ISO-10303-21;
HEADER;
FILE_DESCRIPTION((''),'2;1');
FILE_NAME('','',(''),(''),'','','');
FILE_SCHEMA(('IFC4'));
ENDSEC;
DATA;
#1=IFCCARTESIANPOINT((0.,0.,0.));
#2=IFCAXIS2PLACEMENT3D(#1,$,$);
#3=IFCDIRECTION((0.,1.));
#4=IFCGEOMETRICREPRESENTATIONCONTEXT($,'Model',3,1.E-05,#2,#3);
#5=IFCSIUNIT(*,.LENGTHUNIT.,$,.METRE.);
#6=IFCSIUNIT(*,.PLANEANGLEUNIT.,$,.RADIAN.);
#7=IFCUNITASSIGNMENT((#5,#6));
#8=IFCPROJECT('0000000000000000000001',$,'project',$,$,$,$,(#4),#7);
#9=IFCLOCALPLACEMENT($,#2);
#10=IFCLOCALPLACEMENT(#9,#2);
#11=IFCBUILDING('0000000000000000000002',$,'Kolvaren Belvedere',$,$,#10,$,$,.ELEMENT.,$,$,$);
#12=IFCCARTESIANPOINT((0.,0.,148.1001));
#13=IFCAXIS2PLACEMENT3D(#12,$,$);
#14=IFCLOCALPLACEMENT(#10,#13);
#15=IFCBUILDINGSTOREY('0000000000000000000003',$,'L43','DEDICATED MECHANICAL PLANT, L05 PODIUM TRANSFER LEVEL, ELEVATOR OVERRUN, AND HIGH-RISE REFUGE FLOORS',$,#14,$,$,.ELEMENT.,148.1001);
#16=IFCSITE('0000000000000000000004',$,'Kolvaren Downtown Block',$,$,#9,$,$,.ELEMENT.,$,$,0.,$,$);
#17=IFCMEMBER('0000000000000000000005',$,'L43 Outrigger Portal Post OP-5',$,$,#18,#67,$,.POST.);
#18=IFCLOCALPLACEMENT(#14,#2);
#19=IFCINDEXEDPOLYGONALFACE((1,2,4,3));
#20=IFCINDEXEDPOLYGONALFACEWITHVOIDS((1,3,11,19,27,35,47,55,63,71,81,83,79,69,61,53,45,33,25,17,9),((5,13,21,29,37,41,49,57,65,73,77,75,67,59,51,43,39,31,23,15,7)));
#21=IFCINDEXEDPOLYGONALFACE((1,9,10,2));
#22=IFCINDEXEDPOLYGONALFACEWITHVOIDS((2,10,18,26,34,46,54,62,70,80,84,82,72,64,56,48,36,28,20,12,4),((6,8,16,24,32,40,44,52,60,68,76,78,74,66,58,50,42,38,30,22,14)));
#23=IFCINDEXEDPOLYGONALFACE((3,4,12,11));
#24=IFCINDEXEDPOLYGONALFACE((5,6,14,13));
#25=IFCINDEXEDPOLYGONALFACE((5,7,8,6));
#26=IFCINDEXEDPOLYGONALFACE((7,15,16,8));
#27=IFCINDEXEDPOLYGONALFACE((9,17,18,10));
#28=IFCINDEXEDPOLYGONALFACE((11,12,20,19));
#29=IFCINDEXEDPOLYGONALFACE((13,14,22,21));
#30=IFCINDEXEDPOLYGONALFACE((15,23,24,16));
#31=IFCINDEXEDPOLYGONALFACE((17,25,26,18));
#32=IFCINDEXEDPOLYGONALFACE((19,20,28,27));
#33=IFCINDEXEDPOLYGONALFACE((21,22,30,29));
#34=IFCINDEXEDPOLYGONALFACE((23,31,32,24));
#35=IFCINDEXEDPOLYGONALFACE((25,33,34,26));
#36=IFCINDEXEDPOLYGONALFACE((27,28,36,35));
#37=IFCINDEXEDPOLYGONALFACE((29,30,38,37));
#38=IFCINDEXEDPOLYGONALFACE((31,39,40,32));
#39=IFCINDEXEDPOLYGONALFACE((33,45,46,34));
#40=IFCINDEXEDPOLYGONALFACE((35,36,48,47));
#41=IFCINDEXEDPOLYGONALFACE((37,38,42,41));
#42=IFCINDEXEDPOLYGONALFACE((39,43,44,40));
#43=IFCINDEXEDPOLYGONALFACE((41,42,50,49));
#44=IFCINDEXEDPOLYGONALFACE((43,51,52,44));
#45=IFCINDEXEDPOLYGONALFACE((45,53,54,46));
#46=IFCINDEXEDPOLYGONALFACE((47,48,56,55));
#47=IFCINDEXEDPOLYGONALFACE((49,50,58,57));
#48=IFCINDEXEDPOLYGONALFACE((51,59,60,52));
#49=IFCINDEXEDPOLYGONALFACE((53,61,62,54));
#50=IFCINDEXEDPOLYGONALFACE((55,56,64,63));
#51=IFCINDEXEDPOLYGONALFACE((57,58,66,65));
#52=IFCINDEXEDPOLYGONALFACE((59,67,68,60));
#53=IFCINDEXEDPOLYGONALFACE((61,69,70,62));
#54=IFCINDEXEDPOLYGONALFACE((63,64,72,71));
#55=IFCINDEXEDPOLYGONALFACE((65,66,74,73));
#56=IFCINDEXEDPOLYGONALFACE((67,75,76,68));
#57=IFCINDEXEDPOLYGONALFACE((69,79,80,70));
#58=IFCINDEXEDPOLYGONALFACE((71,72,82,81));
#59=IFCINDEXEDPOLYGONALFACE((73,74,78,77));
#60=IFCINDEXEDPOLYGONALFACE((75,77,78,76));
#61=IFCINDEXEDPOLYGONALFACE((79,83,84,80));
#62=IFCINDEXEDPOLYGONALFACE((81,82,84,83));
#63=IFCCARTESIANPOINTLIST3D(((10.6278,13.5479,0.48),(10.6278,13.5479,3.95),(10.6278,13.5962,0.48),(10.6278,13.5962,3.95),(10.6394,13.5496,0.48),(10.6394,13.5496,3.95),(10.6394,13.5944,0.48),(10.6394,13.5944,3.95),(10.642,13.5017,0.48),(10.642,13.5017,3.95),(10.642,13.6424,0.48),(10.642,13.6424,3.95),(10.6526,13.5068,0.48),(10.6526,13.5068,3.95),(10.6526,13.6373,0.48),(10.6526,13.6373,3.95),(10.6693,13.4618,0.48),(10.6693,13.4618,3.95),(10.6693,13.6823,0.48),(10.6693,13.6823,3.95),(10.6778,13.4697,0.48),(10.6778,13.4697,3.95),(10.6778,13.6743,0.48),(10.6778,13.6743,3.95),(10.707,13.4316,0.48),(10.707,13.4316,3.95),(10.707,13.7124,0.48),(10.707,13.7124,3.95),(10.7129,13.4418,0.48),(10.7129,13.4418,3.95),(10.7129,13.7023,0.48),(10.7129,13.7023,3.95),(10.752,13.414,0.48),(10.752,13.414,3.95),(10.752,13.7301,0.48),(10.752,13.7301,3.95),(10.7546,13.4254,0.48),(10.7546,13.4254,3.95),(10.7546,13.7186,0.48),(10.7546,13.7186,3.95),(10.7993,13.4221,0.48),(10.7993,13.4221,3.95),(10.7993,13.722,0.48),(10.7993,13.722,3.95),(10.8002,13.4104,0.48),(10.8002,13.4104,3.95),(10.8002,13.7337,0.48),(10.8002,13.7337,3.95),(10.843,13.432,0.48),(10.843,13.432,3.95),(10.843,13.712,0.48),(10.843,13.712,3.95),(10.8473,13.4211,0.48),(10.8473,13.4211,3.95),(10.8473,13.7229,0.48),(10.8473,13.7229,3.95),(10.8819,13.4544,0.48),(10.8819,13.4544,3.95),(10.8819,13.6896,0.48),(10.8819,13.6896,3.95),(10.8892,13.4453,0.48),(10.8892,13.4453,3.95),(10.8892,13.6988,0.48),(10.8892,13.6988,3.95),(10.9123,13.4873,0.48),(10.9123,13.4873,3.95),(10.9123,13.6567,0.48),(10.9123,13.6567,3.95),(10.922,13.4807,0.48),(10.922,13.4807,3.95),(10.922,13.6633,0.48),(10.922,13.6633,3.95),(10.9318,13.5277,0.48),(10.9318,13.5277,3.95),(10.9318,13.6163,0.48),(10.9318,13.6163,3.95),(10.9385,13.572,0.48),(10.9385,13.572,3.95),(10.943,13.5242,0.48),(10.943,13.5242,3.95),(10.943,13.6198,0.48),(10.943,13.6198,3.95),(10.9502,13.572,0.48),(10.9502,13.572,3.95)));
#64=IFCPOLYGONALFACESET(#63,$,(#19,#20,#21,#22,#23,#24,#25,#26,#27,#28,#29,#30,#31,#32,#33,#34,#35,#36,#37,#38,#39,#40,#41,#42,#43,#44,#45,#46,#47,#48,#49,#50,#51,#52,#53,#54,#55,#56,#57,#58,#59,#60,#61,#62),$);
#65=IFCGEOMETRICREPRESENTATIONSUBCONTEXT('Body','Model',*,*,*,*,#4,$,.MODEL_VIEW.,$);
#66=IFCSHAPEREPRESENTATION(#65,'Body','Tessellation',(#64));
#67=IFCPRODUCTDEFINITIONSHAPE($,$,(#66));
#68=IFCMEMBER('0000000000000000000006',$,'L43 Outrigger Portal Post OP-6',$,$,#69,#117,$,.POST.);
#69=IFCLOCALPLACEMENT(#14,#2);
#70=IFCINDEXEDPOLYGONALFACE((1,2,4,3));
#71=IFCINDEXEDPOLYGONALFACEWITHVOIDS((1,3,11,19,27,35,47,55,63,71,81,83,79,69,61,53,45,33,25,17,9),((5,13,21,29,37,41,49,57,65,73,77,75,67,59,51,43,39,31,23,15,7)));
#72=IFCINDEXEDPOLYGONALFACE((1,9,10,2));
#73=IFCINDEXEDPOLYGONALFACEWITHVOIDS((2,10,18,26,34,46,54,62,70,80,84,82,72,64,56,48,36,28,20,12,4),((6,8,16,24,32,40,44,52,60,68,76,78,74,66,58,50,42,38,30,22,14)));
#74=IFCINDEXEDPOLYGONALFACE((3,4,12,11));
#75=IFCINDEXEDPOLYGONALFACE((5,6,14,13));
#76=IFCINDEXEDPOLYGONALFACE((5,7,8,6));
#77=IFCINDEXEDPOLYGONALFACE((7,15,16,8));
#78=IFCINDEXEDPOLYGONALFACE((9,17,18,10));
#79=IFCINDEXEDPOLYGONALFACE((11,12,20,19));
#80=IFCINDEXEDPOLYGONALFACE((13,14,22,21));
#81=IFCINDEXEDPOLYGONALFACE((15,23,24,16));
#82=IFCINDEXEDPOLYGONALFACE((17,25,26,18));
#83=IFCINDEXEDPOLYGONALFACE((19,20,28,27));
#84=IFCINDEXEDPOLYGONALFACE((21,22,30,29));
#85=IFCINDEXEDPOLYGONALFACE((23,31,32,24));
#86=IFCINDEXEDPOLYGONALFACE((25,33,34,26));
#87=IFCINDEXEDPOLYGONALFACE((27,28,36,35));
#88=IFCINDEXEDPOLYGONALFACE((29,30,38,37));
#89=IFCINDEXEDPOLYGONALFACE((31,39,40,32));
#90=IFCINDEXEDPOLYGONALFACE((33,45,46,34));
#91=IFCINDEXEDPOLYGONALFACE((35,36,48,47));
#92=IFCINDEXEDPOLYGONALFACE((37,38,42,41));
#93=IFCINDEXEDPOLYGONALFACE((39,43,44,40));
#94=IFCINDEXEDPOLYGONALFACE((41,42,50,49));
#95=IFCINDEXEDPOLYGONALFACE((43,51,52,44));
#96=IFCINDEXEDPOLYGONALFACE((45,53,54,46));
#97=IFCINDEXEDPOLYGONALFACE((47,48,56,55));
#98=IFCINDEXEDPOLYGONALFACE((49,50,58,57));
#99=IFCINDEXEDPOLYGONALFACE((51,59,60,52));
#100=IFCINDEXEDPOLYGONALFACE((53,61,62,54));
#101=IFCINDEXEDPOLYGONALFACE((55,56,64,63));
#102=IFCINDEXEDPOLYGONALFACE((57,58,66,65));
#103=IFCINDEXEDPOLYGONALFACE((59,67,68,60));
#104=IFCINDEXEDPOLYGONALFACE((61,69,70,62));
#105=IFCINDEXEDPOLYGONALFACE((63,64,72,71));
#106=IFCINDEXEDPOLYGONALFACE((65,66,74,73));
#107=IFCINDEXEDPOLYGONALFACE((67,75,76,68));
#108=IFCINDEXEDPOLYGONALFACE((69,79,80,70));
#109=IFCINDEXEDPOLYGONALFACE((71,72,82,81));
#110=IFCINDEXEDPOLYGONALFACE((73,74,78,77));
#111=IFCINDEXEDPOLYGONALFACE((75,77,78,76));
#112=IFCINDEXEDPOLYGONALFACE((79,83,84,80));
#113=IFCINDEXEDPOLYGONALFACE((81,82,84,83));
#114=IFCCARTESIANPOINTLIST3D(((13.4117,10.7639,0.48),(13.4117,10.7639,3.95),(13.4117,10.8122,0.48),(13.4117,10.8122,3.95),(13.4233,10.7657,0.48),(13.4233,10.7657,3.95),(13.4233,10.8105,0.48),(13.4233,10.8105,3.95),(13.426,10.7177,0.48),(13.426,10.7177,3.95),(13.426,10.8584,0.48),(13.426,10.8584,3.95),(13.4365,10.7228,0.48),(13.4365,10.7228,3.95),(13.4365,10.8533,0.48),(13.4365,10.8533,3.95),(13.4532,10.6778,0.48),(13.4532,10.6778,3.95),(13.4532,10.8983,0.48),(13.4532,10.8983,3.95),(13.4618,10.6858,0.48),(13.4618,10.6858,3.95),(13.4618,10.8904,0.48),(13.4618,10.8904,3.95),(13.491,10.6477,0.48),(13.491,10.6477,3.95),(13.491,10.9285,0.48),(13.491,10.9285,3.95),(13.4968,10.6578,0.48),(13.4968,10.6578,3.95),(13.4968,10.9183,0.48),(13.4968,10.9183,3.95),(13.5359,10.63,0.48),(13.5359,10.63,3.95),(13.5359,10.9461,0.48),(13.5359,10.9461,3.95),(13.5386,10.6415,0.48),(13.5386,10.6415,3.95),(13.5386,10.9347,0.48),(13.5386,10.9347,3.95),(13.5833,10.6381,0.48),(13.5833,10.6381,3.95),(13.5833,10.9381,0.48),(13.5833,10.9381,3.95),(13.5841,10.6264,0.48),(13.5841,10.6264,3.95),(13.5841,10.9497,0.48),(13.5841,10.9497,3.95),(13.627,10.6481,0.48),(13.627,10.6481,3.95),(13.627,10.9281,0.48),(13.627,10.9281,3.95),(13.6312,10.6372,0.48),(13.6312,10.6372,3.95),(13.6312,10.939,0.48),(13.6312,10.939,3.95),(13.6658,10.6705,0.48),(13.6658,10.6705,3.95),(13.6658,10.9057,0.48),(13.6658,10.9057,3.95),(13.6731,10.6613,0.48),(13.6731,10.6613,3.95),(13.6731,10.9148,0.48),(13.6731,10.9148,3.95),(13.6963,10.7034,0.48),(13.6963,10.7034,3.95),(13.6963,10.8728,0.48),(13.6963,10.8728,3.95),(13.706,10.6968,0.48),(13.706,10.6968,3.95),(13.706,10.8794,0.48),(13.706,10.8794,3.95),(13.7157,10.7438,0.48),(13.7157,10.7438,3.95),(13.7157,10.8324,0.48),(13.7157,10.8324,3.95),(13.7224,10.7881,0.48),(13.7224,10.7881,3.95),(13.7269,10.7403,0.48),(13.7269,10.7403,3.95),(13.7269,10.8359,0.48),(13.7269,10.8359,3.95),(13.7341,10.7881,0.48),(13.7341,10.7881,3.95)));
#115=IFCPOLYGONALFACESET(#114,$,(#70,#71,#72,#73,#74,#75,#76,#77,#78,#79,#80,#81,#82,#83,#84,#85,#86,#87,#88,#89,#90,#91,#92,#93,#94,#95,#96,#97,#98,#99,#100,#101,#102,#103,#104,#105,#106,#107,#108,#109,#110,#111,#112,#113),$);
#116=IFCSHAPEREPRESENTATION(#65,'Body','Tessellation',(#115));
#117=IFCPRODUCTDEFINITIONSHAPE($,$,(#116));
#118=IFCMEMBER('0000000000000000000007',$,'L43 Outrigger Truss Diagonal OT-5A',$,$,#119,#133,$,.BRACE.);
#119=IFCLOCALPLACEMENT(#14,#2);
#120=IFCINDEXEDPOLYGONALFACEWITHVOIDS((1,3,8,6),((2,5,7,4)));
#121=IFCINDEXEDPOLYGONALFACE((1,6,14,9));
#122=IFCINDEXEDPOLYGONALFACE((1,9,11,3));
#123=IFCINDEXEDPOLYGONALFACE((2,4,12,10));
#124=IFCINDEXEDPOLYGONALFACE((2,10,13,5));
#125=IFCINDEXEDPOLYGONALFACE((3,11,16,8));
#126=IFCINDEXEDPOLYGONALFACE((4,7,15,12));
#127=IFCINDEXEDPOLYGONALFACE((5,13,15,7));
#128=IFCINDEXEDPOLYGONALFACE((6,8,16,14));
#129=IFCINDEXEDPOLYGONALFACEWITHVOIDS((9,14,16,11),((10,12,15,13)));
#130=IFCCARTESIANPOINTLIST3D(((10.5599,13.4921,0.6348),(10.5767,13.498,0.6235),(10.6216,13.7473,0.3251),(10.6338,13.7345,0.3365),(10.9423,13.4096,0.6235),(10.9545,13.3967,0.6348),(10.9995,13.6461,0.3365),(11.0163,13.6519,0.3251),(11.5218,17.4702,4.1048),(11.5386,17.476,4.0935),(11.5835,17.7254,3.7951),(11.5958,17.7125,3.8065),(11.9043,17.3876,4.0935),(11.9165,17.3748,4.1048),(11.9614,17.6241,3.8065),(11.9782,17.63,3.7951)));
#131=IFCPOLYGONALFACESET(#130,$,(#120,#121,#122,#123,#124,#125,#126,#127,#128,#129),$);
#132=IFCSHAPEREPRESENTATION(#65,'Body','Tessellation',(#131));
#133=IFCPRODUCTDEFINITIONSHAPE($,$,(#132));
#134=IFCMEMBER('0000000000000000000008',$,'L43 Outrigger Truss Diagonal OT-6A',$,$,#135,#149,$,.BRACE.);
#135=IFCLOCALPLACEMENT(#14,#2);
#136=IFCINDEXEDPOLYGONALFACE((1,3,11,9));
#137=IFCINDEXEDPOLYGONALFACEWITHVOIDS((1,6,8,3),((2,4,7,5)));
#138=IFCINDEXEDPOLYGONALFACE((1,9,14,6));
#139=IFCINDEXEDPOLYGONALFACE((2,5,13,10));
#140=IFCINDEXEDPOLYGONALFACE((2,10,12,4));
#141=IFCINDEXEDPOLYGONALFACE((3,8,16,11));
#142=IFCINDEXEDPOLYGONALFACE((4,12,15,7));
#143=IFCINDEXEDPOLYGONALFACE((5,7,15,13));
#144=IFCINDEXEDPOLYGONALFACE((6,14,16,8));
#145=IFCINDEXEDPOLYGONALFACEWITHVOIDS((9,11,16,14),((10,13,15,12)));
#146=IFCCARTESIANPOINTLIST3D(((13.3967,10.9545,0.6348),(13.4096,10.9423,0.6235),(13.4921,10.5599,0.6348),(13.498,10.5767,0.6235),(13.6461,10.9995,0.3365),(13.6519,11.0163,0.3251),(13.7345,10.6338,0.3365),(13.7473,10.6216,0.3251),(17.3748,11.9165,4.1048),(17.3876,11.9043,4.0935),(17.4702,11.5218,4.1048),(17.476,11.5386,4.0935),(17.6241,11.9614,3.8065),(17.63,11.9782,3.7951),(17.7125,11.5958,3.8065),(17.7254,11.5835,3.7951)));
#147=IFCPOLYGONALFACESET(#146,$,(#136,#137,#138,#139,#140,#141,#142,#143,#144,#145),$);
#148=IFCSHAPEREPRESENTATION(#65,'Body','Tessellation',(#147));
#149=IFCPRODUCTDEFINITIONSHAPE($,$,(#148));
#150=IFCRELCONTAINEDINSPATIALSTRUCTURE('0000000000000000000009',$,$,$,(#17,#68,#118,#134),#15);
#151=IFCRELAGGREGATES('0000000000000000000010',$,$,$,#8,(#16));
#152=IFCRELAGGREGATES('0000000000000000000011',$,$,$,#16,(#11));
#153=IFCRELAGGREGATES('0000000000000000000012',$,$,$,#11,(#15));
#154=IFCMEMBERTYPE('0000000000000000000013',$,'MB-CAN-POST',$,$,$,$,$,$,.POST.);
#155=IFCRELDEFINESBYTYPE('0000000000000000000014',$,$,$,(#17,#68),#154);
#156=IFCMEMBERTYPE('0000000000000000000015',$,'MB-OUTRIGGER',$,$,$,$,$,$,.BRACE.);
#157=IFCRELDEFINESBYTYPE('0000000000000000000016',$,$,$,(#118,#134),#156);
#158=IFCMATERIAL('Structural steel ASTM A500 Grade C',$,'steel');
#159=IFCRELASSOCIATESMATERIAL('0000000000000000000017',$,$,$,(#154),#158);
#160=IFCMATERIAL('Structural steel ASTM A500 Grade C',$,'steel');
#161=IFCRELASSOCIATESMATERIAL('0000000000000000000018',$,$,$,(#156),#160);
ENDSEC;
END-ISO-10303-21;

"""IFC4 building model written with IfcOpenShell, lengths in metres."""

from ifc_helpers import new_model, si_unit, direction, frame, origin, origin_2d, place, context, subcontext, project, spatial, hollow_rectangle, hollow_circle, extrude, material, material_profile, profile_set, type_object, element, save


model = new_model("IFC4")

# Units and contexts
model_context = context("Model", 3, precision=1e-05, world=origin(), true_north=direction((0.0, 1.0)))
body_context = subcontext(model_context, "Body", "Model", "MODEL_VIEW")
ifc_project = project(units=[si_unit("LENGTHUNIT", "METRE"), si_unit("PLANEANGLEUNIT", "RADIAN")], contexts=[model_context])

# Site, building, storey
site_placement = place(None, origin())
site = spatial("IfcSite", under=ifc_project, at=site_placement, Name="Kolvaren Downtown Block", CompositionType="ELEMENT", RefElevation=0.0)
building_placement = place(site_placement, origin())
building = spatial("IfcBuilding", under=site, at=building_placement, Name="Kolvaren Belvedere", CompositionType="ELEMENT")
storey_placement = place(building_placement, frame((0.0, 0.0, 148.1001)))
storey = spatial("IfcBuildingStorey", under=building, at=storey_placement, Name="L43", Description="DEDICATED MECHANICAL PLANT, L05 PODIUM TRANSFER LEVEL, ELEVATOR OVERRUN, AND HIGH-RISE REFUGE FLOORS", CompositionType="ELEMENT", Elevation=148.1001)

# Members
ifc_material_1 = material(Name="Structural steel ASTM A500 Grade C", Category="steel")
ifc_material_profile_1 = material_profile(ifc_material_1, hollow_circle(Radius=0.1621, WallThickness=0.0117, at=origin_2d()), Name="HSS12.750X0.500")
ifc_profile_set_1 = profile_set([ifc_material_profile_1], Name="Structural steel ASTM A500 Grade C")
member_type_1 = type_object("IfcMemberType", Name="MB-CAN-POST", PredefinedType="POST", material=ifc_profile_set_1)
for number, where, z_axis, x_axis, name in (
    (1, (10.7881, 13.572, 0.48), (0.0, 0.0, 1.0), (1.0, 0.0, 0.0), "L43 Outrigger Portal Post OP-5"),
    (2, (13.572, 10.7881, 0.48), (0.0, 0.0, 1.0), (1.0, 0.0, 0.0), "L43 Outrigger Portal Post OP-6"),
):
    element("IfcMember", number, at=place(storey_placement, frame(where, z_axis=z_axis, x_axis=x_axis)), inside=storey, type_object=member_type_1, Name=name, PredefinedType="POST", context=body_context, shape_type="SweptSolid", body=[
        extrude(hollow_circle(Radius=0.1621, WallThickness=0.0117, at=origin_2d()), origin(), (0.0, 0.0, 1.0), 3.47),
    ])
ifc_material_2 = material(Name="Structural steel ASTM A500 Grade C", Category="steel")
ifc_material_profile_2 = material_profile(ifc_material_2, hollow_rectangle(XDim=0.406, YDim=0.406, WallThickness=0.0149, at=origin_2d()), Name="HSS16X16X5/8")
ifc_profile_set_2 = profile_set([ifc_material_profile_2], Name="Structural steel ASTM A500 Grade C")
member_type_2 = type_object("IfcMemberType", Name="MB-OUTRIGGER", PredefinedType="BRACE", material=ifc_profile_set_2)
for number, where, z_axis, x_axis, name in (
    (3, (10.7881, 13.572, 0.48), (0.179271, 0.741382, 0.646696), (-0.971987, 0.235033, 0.0), "L43 Outrigger Truss Diagonal OT-5A"),
    (4, (13.572, 10.7881, 0.48), (0.741382, 0.179271, 0.646696), (-0.235033, 0.971987, 0.0), "L43 Outrigger Truss Diagonal OT-6A"),
):
    element("IfcMember", number, at=place(storey_placement, frame(where, z_axis=z_axis, x_axis=x_axis)), inside=storey, type_object=member_type_2, Name=name, PredefinedType="BRACE", context=body_context, shape_type="SweptSolid", body=[
        extrude(hollow_rectangle(XDim=0.406, YDim=0.406, WallThickness=0.0149, at=origin_2d()), origin(), (0.0, 0.0, 1.0), 5.3657),
    ])

save(model, "model.ifc")
